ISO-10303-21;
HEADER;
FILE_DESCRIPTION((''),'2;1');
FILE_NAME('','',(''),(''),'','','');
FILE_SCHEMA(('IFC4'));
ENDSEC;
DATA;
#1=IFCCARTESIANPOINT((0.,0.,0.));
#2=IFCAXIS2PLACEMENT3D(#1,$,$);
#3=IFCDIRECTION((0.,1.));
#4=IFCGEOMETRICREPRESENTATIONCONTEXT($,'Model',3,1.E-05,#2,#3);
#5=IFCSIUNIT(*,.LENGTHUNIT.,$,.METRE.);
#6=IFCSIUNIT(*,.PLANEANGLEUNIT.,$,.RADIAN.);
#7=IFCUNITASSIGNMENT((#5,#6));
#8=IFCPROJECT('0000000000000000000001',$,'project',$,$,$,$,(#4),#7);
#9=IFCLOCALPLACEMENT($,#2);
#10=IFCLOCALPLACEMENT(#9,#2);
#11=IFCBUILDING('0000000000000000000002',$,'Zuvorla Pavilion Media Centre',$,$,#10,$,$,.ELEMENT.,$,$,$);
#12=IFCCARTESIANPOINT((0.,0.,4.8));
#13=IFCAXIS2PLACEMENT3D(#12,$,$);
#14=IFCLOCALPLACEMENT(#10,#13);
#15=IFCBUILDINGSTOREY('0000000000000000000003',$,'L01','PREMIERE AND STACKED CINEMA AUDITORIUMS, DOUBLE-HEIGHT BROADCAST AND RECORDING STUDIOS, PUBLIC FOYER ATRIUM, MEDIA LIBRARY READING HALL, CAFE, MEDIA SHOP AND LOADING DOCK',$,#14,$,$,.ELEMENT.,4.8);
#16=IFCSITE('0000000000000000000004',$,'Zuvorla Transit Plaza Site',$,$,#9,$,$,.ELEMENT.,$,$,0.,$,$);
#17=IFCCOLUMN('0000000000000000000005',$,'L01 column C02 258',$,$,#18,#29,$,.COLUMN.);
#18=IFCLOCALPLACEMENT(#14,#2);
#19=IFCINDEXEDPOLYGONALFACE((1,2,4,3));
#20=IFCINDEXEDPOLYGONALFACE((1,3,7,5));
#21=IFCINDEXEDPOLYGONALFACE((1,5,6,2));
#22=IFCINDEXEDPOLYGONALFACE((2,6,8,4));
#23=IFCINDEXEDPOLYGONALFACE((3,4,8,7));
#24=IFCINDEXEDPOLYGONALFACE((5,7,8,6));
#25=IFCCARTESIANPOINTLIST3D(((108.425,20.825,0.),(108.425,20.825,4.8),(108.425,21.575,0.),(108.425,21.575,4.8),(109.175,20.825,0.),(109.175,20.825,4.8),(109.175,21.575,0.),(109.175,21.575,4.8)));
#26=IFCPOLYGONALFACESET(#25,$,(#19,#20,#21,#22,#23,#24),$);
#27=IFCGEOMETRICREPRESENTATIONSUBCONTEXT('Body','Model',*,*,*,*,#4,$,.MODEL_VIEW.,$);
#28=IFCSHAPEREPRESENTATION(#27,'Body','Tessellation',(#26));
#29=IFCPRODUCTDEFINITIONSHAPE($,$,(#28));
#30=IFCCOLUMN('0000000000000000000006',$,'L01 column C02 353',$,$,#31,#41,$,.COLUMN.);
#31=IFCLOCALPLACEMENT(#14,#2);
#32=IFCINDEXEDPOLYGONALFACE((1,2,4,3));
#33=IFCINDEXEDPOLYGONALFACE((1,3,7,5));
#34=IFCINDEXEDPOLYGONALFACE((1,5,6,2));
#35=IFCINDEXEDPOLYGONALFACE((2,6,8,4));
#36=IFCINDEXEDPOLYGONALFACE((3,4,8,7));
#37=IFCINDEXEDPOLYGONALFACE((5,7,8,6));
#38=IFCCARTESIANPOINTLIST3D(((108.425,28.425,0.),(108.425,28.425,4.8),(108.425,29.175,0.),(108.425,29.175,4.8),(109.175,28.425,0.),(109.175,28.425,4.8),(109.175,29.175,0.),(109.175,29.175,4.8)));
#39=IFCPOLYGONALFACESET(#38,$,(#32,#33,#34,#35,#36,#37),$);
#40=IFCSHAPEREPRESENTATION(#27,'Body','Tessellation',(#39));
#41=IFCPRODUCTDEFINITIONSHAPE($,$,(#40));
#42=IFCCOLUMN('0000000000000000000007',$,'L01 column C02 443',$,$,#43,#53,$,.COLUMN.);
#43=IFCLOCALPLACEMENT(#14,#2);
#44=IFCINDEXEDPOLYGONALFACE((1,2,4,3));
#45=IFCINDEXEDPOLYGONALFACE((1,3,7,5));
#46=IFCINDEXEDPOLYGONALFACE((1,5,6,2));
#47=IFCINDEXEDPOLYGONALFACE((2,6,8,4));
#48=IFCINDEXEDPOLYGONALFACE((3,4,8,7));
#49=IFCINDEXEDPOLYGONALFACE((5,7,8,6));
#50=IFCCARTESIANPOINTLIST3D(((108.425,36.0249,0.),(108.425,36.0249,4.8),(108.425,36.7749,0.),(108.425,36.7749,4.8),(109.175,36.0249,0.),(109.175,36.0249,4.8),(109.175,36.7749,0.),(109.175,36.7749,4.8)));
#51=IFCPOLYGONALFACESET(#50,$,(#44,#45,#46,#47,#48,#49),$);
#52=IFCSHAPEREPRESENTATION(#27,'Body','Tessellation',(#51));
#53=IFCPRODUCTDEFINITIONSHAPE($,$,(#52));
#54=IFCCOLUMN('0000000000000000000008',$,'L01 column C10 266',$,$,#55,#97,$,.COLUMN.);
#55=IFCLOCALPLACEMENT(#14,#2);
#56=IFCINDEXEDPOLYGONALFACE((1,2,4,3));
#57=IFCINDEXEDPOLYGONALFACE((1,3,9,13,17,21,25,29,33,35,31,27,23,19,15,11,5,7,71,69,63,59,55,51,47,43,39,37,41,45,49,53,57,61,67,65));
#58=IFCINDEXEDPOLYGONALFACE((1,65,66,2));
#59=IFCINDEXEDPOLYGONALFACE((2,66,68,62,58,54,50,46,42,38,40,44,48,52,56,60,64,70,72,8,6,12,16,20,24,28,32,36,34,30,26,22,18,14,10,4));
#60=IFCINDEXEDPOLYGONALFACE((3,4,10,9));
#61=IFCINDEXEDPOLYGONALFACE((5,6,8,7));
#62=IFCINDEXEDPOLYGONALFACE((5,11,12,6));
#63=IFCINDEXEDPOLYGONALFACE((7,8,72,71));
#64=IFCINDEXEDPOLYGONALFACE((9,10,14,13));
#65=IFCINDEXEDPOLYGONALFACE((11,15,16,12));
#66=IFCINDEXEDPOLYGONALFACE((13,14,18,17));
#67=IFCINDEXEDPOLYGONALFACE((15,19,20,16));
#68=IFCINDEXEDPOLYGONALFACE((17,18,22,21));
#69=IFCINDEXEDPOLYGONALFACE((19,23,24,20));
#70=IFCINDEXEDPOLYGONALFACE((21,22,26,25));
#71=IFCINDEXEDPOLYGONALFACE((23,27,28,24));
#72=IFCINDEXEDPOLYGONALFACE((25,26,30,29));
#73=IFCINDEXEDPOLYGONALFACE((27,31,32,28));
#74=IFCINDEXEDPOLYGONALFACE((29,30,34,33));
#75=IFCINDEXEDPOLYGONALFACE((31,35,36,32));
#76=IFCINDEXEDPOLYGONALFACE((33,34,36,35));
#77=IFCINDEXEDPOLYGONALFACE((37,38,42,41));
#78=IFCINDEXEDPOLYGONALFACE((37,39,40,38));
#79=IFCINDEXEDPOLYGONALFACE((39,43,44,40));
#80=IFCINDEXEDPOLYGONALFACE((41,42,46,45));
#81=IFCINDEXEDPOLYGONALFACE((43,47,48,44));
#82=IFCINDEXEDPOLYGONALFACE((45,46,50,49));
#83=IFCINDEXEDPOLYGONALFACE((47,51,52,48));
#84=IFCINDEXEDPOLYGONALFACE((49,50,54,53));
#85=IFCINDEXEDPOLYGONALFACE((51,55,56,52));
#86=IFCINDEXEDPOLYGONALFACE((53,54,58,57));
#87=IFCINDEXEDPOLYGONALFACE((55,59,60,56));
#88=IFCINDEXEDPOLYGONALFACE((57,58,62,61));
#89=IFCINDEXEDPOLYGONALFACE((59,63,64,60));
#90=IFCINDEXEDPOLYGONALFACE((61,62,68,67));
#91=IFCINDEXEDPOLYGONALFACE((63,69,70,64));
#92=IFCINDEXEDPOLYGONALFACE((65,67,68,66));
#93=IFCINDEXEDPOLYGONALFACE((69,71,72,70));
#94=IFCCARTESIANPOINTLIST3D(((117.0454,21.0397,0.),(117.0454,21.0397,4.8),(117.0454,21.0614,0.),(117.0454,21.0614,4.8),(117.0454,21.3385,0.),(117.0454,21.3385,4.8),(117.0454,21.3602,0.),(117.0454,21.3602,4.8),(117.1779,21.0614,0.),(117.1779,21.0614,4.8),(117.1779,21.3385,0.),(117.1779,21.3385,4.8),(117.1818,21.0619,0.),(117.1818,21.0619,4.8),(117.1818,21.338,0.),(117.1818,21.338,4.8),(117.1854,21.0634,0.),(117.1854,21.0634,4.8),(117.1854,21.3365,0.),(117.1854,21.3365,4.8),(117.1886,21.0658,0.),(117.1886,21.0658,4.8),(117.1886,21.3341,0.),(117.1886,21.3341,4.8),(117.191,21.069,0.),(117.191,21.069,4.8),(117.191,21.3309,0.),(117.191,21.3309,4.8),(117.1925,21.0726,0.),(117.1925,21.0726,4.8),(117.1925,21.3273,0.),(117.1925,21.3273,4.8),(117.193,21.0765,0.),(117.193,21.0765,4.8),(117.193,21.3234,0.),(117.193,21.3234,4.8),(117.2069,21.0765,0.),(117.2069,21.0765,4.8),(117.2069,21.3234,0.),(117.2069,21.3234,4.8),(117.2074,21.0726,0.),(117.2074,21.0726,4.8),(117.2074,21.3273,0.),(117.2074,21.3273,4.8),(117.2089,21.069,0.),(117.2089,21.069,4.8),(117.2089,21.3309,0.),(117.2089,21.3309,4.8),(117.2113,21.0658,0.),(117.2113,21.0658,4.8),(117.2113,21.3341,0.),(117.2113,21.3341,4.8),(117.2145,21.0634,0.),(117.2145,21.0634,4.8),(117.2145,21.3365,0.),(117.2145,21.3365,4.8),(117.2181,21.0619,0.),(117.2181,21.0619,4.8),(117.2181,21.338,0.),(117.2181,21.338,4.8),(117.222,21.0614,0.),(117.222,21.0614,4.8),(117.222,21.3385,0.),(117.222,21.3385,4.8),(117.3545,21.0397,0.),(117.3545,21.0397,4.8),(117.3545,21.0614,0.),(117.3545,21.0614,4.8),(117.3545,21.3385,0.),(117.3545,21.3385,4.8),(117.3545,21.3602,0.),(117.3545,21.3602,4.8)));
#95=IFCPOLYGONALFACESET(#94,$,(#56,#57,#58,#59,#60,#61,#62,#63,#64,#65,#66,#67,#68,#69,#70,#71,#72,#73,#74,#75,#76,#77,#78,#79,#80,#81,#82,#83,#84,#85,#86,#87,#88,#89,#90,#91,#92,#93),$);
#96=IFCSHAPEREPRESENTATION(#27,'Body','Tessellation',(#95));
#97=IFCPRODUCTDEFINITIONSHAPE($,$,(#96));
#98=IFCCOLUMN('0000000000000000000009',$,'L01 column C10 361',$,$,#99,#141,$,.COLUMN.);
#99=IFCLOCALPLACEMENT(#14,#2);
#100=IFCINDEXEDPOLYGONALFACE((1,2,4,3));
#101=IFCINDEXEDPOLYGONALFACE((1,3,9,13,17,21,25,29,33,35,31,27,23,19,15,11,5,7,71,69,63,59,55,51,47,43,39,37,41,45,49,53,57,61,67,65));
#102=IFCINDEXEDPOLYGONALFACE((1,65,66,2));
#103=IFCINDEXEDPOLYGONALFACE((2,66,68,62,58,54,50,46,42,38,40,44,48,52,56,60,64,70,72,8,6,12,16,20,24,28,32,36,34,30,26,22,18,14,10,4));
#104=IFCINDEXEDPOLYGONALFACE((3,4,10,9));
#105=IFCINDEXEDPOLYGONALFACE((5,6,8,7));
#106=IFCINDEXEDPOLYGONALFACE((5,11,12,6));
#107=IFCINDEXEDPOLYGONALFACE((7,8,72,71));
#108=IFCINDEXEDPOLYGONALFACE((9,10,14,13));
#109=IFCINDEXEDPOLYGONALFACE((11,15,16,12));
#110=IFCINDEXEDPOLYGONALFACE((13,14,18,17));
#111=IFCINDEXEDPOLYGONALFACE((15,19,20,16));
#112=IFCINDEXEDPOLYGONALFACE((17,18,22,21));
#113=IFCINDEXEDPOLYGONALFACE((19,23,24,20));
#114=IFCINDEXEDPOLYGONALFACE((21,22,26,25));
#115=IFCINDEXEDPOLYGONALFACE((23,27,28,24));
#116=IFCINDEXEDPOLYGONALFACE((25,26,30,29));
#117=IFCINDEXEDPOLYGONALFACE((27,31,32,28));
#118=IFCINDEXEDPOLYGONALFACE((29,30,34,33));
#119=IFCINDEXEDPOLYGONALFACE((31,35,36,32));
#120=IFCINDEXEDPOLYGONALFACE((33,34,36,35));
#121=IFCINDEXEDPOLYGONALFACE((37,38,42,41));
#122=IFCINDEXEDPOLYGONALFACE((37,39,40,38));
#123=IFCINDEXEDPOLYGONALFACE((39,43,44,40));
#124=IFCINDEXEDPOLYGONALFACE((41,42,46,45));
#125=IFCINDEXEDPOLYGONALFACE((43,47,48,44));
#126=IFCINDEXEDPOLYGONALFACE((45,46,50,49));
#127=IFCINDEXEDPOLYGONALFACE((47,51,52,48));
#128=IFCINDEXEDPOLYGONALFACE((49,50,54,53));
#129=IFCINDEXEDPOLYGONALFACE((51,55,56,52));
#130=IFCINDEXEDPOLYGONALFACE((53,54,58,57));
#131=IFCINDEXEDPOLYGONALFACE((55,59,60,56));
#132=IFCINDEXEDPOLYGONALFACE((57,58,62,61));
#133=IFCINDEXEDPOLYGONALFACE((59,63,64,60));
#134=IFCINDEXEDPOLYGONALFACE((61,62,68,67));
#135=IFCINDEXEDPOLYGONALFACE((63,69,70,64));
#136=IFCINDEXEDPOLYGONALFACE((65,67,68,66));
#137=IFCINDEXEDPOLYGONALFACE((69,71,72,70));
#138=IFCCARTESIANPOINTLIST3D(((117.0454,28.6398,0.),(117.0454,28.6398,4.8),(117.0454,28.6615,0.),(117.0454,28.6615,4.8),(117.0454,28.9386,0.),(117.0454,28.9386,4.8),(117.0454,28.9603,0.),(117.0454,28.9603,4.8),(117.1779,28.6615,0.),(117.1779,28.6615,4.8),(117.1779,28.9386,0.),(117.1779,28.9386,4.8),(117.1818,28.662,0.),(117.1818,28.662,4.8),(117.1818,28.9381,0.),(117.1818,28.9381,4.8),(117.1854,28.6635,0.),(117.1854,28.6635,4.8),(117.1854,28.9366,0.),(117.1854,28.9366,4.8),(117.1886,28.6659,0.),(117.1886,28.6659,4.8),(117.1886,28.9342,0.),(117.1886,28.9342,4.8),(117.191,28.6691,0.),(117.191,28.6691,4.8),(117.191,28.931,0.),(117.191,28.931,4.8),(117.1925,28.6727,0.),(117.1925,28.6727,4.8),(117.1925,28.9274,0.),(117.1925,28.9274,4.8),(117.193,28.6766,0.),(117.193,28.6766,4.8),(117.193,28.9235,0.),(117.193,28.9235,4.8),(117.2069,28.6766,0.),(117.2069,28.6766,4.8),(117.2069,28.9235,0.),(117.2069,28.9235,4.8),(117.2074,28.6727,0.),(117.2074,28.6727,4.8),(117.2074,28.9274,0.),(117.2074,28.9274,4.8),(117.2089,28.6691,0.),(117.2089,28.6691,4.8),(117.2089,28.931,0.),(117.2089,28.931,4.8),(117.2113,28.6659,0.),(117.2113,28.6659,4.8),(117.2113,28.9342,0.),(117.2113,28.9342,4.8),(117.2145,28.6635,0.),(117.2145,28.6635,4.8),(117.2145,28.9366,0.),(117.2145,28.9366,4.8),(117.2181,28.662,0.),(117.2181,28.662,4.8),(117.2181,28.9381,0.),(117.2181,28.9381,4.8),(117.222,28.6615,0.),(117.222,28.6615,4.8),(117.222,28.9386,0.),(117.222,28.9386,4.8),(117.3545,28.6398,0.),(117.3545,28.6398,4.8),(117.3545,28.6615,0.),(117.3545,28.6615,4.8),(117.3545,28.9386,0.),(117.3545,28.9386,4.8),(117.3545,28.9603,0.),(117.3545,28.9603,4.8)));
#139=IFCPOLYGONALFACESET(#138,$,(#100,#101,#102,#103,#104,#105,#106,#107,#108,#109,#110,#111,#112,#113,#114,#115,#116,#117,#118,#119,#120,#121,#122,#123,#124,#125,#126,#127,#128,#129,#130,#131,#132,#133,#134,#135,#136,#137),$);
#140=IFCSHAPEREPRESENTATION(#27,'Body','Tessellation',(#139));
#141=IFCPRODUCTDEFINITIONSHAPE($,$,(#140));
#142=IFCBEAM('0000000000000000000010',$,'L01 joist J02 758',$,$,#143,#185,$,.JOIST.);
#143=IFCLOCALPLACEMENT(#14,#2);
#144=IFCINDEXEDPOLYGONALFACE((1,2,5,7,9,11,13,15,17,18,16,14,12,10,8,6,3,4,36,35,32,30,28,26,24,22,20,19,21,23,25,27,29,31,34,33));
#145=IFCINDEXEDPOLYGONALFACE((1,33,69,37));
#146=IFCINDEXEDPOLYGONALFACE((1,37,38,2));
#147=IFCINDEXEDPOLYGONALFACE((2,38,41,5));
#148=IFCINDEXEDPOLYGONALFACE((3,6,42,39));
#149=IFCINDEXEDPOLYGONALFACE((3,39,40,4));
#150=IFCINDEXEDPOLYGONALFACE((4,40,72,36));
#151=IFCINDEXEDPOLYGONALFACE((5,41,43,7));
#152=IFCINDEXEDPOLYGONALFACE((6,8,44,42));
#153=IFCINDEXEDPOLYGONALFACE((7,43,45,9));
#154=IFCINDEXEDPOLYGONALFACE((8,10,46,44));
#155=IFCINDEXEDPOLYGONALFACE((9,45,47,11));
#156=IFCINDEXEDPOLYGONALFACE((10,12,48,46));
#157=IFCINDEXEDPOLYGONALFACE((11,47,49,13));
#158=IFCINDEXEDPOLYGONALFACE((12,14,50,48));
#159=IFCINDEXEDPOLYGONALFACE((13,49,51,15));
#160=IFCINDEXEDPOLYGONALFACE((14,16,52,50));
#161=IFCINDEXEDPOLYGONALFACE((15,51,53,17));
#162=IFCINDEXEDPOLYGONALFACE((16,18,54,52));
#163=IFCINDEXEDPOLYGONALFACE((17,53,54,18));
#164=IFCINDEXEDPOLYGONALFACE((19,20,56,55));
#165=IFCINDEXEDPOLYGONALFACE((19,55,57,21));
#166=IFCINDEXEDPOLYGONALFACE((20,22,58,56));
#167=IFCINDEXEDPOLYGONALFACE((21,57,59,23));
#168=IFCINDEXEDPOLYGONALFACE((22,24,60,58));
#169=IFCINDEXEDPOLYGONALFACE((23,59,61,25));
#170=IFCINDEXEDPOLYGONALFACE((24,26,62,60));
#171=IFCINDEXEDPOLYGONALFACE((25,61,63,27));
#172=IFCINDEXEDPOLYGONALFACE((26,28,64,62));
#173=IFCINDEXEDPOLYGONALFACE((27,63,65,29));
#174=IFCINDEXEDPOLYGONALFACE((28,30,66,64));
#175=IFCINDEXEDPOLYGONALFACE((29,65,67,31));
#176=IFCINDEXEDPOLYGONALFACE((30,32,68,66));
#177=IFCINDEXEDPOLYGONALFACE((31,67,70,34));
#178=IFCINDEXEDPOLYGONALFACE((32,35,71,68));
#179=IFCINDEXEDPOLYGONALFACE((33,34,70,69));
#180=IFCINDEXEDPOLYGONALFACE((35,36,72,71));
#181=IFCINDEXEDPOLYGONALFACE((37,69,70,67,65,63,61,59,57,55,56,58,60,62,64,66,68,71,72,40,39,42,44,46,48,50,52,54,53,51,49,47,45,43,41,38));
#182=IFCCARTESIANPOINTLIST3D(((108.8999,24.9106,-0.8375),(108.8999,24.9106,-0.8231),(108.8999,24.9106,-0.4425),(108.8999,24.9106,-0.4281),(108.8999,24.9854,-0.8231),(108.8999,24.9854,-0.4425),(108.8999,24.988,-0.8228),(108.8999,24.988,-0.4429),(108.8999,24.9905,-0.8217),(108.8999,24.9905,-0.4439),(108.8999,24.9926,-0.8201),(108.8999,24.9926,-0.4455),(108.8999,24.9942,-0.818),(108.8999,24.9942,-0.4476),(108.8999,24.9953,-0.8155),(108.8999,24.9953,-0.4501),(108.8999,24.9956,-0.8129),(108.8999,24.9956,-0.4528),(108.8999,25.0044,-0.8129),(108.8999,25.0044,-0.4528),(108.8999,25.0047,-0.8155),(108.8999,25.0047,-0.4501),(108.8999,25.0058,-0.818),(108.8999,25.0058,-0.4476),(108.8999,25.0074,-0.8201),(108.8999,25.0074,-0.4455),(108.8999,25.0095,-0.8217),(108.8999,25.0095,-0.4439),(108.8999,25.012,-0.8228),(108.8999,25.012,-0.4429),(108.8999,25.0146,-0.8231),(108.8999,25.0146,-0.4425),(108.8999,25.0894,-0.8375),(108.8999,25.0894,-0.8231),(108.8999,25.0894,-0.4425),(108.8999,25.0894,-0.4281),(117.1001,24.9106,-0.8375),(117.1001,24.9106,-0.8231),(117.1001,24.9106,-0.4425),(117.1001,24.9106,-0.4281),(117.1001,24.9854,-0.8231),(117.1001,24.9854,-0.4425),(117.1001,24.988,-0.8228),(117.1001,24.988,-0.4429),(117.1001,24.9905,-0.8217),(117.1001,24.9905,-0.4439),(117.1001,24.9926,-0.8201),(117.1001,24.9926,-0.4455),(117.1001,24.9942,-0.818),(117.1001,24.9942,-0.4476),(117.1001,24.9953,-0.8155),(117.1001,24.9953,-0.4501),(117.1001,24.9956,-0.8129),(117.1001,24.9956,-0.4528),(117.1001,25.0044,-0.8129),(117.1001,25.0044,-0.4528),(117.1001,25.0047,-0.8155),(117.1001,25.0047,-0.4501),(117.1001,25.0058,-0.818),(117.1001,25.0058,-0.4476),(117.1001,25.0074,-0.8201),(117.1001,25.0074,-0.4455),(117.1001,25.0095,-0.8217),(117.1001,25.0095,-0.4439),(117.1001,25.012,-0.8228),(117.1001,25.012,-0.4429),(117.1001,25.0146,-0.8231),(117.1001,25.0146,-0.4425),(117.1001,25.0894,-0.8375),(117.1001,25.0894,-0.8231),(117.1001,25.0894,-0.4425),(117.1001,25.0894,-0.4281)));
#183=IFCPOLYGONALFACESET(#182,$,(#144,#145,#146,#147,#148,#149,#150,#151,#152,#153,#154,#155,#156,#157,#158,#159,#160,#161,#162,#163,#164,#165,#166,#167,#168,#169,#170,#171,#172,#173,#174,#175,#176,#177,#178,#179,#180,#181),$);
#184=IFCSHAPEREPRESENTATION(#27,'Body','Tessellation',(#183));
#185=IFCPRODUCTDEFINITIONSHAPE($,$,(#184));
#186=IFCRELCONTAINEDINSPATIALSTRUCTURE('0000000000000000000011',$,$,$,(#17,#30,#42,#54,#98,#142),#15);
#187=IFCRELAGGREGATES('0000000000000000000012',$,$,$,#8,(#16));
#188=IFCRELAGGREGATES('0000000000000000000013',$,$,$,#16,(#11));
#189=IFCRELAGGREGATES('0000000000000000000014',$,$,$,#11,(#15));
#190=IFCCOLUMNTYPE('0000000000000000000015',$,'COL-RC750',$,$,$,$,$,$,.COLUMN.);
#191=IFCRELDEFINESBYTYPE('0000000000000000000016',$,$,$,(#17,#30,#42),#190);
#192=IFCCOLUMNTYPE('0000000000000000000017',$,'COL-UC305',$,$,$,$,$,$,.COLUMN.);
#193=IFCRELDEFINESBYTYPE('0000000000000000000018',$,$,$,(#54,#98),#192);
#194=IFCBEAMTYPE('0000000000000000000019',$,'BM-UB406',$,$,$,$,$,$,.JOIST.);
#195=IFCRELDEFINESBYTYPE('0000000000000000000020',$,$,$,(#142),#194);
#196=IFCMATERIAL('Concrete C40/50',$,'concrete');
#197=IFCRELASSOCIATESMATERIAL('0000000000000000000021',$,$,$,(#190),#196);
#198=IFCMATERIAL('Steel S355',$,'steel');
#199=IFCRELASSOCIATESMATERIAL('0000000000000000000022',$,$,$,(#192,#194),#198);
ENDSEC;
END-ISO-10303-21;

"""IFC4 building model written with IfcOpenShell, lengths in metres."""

from ifc_helpers import new_model, si_unit, direction, frame, origin, origin_2d, place, context, subcontext, project, spatial, rectangle, i_section, extrude, material, material_profile, profile_set, type_object, element, save


model = new_model("IFC4")

# Units and contexts
model_context = context("Model", 3, precision=1e-05, world=origin(), true_north=direction((0.0, 1.0)))
body_context = subcontext(model_context, "Body", "Model", "MODEL_VIEW")
ifc_project = project(units=[si_unit("LENGTHUNIT", "METRE"), si_unit("PLANEANGLEUNIT", "RADIAN")], contexts=[model_context])

# Site, building, storey
site_placement = place(None, origin())
site = spatial("IfcSite", under=ifc_project, at=site_placement, Name="Zuvorla Transit Plaza Site", CompositionType="ELEMENT", RefElevation=0.0)
building_placement = place(site_placement, origin())
building = spatial("IfcBuilding", under=site, at=building_placement, Name="Zuvorla Pavilion Media Centre", CompositionType="ELEMENT")
storey_placement = place(building_placement, frame((0.0, 0.0, 4.8)))
storey = spatial("IfcBuildingStorey", under=building, at=storey_placement, Name="L01", Description="PREMIERE AND STACKED CINEMA AUDITORIUMS, DOUBLE-HEIGHT BROADCAST AND RECORDING STUDIOS, PUBLIC FOYER ATRIUM, MEDIA LIBRARY READING HALL, CAFE, MEDIA SHOP AND LOADING DOCK", CompositionType="ELEMENT", Elevation=4.8)

# Columns
ifc_material_1 = material(Name="Concrete C40/50", Category="concrete")
ifc_material_profile_1 = material_profile(ifc_material_1, rectangle(XDim=0.75, YDim=0.75, at=origin_2d()), Name="RC 750x750")
ifc_profile_set_1 = profile_set([ifc_material_profile_1], Name="Concrete C40/50")
column_type_1 = type_object("IfcColumnType", Name="COL-RC750", PredefinedType="COLUMN", material=ifc_profile_set_1)
for number, where, z_axis, x_axis, name in (
    (1, (108.8, 21.2, 0.0), (0.0, 0.0, 1.0), (1.0, 0.0, 0.0), "L01 column C02 258"),
    (2, (108.8, 28.8, 0.0), (0.0, 0.0, 1.0), (1.0, 0.0, 0.0), "L01 column C02 353"),
    (3, (108.8, 36.3999, 0.0), (0.0, 0.0, 1.0), (1.0, 0.0, 0.0), "L01 column C02 443"),
):
    element("IfcColumn", number, at=place(storey_placement, frame(where, z_axis=z_axis, x_axis=x_axis)), inside=storey, type_object=column_type_1, Name=name, PredefinedType="COLUMN", context=body_context, shape_type="SweptSolid", body=[
        extrude(rectangle(XDim=0.75, YDim=0.75, at=origin_2d()), origin(), (0.0, 0.0, 1.0), 4.8),
    ])
ifc_material_2 = material(Name="Steel S355", Category="steel")
ifc_material_profile_2 = material_profile(ifc_material_2, i_section(OverallWidth=0.3091, OverallDepth=0.3206, WebThickness=0.0139, FlangeThickness=0.0217, FilletRadius=0.0151, at=origin_2d()), Name="UC 305x305x137")
ifc_profile_set_2 = profile_set([ifc_material_profile_2], Name="Steel S355")
column_type_2 = type_object("IfcColumnType", Name="COL-UC305", PredefinedType="COLUMN", material=ifc_profile_set_2)
for number, where, z_axis, x_axis, name in (
    (4, (117.2, 21.2, 0.0), (0.0, 0.0, 1.0), (1.0, 0.0, 0.0), "L01 column C10 266"),
    (5, (117.2, 28.8, 0.0), (0.0, 0.0, 1.0), (1.0, 0.0, 0.0), "L01 column C10 361"),
):
    element("IfcColumn", number, at=place(storey_placement, frame(where, z_axis=z_axis, x_axis=x_axis)), inside=storey, type_object=column_type_2, Name=name, PredefinedType="COLUMN", context=body_context, shape_type="SweptSolid", body=[
        extrude(i_section(OverallWidth=0.3091, OverallDepth=0.3206, WebThickness=0.0139, FlangeThickness=0.0217, FilletRadius=0.0151, at=origin_2d()), origin(), (0.0, 0.0, 1.0), 4.8),
    ])

# Beam
ifc_material_profile_3 = material_profile(ifc_material_2, i_section(OverallWidth=0.1787, OverallDepth=0.4094, WebThickness=0.0088, FlangeThickness=0.0144, FilletRadius=0.0103, at=origin_2d()), Name="UB 406x178x67")
ifc_profile_set_3 = profile_set([ifc_material_profile_3], Name="Steel S355")
beam_type_1 = type_object("IfcBeamType", Name="BM-UB406", PredefinedType="JOIST", material=ifc_profile_set_3)
for number, where, z_axis, x_axis, name in (
    (6, (108.8999, 25.0, -0.6328), (1.0, 0.0, 0.0), (0.0, 1.0, 0.0), "L01 joist J02 758"),
):
    element("IfcBeam", number, at=place(storey_placement, frame(where, z_axis=z_axis, x_axis=x_axis)), inside=storey, type_object=beam_type_1, Name=name, PredefinedType="JOIST", context=body_context, shape_type="SweptSolid", body=[
        extrude(i_section(OverallWidth=0.1787, OverallDepth=0.4094, WebThickness=0.0088, FlangeThickness=0.0144, FilletRadius=0.0103, at=origin_2d()), origin(), (0.0, 0.0, 1.0), 8.2002),
    ])

save(model, "model.ifc")
